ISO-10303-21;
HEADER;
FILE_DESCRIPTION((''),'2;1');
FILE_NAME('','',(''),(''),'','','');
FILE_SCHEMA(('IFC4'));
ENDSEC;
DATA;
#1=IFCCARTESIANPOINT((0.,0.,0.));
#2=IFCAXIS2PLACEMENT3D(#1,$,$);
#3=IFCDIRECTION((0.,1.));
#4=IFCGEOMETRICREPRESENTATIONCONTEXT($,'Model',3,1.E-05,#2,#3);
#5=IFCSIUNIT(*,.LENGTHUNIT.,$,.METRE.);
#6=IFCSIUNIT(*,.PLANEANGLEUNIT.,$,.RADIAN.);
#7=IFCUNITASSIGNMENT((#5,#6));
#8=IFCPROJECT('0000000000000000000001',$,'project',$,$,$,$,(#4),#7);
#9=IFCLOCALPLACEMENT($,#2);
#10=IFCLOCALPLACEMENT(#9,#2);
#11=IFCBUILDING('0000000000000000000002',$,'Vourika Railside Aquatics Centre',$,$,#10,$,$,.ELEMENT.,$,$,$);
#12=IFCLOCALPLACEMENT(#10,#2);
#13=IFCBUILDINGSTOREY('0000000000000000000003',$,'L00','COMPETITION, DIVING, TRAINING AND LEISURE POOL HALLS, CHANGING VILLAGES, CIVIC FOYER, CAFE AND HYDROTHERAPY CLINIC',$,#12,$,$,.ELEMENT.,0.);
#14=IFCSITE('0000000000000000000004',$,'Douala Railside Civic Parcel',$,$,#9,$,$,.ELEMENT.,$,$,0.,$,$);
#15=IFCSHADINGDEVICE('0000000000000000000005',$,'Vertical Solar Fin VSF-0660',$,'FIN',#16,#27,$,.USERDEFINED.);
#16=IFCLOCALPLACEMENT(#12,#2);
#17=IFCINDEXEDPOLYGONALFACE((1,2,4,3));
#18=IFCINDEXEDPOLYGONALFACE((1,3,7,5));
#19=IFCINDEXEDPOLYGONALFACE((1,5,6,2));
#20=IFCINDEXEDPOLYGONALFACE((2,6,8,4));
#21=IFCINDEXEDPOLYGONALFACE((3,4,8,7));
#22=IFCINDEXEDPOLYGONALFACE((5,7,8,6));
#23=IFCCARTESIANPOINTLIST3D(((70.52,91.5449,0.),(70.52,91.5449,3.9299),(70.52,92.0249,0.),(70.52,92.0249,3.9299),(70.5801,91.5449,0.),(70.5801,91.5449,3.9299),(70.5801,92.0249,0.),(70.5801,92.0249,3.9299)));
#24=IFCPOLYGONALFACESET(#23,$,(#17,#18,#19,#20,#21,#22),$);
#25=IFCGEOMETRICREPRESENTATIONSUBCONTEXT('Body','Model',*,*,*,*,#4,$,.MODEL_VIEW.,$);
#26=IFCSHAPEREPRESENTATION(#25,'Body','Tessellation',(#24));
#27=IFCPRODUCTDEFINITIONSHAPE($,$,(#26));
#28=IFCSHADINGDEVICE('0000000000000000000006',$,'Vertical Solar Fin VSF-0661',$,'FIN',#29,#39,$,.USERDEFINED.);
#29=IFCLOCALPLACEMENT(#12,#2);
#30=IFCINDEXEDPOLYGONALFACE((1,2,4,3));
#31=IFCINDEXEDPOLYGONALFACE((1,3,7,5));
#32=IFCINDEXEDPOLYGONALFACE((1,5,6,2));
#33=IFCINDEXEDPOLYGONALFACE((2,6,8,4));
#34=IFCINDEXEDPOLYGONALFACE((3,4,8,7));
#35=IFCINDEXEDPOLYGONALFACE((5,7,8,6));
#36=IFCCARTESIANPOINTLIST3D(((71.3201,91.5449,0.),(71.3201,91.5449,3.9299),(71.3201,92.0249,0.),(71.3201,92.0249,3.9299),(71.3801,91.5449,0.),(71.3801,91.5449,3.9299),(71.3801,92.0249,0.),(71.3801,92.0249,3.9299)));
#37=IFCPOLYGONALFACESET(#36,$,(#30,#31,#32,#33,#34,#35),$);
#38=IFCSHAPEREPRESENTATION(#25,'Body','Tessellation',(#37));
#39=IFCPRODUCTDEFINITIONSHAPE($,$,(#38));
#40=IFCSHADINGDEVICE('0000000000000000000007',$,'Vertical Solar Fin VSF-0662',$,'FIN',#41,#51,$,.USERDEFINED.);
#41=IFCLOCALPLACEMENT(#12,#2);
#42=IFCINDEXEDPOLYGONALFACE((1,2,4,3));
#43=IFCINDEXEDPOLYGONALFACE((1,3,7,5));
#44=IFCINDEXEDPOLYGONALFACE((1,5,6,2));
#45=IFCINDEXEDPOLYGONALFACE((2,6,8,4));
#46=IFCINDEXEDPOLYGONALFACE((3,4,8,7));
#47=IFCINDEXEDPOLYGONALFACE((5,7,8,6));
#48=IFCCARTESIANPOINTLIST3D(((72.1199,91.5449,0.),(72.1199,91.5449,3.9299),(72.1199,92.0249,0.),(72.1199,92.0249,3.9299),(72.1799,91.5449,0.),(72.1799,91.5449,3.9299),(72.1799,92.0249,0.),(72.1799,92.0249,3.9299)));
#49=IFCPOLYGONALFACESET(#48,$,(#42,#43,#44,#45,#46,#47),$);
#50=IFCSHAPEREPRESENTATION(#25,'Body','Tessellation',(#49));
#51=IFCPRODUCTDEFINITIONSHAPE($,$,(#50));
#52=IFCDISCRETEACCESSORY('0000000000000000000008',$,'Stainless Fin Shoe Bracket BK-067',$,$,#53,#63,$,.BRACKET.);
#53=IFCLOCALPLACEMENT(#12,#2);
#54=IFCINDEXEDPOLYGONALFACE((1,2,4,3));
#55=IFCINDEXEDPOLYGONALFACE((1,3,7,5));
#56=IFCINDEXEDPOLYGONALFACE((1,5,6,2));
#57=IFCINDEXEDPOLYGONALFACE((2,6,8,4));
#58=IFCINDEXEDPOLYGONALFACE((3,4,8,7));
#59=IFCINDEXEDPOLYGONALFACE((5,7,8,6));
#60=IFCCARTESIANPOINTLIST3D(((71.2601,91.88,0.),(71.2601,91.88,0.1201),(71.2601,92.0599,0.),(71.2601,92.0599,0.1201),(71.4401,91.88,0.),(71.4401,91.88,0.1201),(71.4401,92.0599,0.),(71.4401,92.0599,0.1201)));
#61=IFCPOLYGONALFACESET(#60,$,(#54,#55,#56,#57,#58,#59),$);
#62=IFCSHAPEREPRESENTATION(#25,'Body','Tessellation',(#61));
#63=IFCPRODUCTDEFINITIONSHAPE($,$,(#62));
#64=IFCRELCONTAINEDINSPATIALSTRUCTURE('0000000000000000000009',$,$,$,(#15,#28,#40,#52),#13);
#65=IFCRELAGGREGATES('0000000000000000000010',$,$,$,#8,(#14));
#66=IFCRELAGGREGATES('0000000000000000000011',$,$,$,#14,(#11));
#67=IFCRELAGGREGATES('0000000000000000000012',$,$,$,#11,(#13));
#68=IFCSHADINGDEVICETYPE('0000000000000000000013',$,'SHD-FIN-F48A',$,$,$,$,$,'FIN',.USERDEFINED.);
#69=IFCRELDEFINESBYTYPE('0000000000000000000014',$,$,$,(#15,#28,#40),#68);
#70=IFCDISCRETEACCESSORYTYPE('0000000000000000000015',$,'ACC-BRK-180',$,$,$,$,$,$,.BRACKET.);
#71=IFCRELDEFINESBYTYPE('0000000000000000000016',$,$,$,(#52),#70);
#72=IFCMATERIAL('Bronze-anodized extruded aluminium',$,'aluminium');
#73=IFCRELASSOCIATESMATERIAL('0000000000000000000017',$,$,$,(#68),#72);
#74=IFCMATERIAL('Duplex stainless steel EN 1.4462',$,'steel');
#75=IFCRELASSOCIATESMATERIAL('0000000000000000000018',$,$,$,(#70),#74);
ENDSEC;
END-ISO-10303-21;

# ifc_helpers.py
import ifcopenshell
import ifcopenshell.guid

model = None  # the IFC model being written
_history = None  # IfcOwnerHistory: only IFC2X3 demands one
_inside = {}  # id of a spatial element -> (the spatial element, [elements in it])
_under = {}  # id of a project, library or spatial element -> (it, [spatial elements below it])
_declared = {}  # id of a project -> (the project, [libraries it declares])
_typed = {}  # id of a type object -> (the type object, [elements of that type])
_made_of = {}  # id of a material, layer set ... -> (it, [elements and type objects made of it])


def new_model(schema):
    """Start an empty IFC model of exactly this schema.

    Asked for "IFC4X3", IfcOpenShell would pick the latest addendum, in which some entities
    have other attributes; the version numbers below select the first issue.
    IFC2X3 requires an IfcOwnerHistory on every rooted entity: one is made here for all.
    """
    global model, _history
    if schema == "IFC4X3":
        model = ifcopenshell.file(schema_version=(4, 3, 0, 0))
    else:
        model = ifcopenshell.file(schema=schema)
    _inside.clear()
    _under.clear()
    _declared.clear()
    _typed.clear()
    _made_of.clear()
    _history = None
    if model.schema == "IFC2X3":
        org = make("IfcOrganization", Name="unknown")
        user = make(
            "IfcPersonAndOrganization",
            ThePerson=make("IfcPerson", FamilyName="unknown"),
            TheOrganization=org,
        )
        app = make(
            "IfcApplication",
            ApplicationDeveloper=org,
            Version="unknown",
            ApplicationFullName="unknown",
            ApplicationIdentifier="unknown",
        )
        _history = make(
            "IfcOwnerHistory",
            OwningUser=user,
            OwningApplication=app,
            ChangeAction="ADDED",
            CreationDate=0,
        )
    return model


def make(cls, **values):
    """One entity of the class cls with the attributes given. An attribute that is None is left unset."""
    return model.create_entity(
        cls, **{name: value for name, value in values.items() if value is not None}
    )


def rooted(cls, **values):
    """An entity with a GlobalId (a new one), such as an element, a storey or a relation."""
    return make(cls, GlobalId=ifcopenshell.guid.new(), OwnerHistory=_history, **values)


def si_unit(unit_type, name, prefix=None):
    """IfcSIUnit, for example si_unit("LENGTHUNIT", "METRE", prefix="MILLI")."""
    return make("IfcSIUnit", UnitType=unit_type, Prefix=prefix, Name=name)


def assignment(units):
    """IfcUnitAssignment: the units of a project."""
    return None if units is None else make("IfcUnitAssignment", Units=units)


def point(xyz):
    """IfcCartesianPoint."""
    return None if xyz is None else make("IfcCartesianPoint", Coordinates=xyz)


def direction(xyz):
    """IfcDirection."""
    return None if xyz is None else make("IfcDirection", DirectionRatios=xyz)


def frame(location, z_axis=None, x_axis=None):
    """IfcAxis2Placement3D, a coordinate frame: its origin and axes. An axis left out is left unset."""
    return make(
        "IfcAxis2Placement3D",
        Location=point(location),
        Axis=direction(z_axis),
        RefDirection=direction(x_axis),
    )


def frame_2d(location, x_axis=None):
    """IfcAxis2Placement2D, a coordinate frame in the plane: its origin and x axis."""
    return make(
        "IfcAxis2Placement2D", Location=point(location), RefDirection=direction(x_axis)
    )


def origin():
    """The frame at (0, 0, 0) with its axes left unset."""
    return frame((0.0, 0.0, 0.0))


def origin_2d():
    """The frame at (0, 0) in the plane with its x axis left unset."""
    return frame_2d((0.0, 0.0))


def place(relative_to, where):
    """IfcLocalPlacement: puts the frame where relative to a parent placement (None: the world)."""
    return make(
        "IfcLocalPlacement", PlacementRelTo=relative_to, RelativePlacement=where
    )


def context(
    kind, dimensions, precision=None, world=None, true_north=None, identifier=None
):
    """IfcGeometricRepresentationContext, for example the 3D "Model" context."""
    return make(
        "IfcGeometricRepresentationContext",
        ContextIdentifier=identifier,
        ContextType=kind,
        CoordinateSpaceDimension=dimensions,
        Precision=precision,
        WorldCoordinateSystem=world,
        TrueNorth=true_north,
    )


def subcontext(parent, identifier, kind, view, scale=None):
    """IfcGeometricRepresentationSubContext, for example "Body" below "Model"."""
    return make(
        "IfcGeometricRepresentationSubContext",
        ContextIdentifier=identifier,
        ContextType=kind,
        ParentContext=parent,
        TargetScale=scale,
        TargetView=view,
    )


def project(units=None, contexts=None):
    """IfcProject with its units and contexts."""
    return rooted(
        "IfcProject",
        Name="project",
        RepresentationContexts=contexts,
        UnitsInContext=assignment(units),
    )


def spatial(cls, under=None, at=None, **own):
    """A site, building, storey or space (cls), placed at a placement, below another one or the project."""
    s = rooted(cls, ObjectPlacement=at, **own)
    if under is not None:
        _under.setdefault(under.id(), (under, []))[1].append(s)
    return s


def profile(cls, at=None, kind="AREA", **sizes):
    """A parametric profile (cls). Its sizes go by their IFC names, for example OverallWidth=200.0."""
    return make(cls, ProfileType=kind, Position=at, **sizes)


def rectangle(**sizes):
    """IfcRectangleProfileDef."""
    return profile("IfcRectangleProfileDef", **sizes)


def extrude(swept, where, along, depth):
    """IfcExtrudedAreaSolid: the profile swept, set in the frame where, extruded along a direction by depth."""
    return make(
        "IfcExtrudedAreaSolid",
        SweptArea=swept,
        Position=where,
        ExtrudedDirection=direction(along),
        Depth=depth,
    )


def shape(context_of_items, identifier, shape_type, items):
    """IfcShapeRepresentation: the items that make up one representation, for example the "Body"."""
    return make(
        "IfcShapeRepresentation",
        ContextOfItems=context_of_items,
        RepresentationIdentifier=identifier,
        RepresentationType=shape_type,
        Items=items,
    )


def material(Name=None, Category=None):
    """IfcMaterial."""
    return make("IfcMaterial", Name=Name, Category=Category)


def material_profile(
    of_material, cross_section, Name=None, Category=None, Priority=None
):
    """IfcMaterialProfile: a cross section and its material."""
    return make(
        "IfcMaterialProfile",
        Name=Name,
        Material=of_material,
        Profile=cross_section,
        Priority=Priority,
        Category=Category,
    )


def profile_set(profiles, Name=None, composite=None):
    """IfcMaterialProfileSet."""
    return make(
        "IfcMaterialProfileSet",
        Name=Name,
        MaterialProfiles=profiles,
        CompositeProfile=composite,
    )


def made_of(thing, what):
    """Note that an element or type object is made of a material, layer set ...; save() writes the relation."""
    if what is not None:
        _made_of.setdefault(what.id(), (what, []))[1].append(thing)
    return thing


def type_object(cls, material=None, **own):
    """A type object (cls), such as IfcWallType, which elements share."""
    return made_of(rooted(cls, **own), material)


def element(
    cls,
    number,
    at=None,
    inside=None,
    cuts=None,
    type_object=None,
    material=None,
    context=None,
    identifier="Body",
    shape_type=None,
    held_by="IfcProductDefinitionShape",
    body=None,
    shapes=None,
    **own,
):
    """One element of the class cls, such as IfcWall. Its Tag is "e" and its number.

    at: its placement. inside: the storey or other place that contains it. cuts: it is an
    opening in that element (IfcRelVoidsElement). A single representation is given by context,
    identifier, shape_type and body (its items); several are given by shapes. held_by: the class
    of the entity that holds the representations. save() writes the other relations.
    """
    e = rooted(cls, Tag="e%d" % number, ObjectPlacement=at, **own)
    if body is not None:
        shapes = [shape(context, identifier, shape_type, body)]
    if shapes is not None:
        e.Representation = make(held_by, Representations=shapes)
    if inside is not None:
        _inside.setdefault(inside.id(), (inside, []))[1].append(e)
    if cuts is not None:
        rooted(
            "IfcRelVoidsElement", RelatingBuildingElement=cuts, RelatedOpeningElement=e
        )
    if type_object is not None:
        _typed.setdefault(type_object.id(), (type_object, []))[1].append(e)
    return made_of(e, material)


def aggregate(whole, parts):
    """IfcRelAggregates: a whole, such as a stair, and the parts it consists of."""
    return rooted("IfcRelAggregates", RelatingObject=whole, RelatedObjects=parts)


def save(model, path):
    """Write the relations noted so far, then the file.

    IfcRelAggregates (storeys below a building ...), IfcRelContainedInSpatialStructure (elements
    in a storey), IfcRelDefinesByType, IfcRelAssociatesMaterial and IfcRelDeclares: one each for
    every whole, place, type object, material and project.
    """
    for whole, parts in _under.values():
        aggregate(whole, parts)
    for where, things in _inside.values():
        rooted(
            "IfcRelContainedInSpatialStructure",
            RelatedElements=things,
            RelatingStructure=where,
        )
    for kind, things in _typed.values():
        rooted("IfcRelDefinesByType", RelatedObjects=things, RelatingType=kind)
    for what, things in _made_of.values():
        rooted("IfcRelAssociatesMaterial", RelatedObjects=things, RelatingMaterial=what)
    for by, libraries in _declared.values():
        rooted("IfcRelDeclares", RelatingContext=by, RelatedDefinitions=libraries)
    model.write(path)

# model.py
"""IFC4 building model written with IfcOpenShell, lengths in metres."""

from ifc_helpers import new_model, si_unit, direction, frame, origin, origin_2d, place, context, subcontext, project, spatial, rectangle, extrude, material, material_profile, profile_set, type_object, element, save


model = new_model("IFC4")

# Units and contexts
model_context = context("Model", 3, precision=1e-05, world=origin(), true_north=direction((0.0, 1.0)))
body_context = subcontext(model_context, "Body", "Model", "MODEL_VIEW")
ifc_project = project(units=[si_unit("LENGTHUNIT", "METRE"), si_unit("PLANEANGLEUNIT", "RADIAN")], contexts=[model_context])

# Site, building, storey
site_placement = place(None, origin())
site = spatial("IfcSite", under=ifc_project, at=site_placement, Name="Douala Railside Civic Parcel", CompositionType="ELEMENT", RefElevation=0.0)
building_placement = place(site_placement, origin())
building = spatial("IfcBuilding", under=site, at=building_placement, Name="Vourika Railside Aquatics Centre", CompositionType="ELEMENT")
storey_placement = place(building_placement, origin())
storey = spatial("IfcBuildingStorey", under=building, at=storey_placement, Name="L00", Description="COMPETITION, DIVING, TRAINING AND LEISURE POOL HALLS, CHANGING VILLAGES, CIVIC FOYER, CAFE AND HYDROTHERAPY CLINIC", CompositionType="ELEMENT", Elevation=0.0)

# Shading devices
ifc_material_1 = material(Name="Bronze-anodized extruded aluminium", Category="aluminium")
ifc_material_profile_1 = material_profile(ifc_material_1, rectangle(XDim=0.0601, YDim=0.48, at=origin_2d()), Name="ALU-FIN 60x480")
ifc_profile_set_1 = profile_set([ifc_material_profile_1], Name="Bronze-anodized extruded aluminium")
shading_device_type = type_object("IfcShadingDeviceType", Name="SHD-FIN-F48A", ElementType="FIN", PredefinedType="USERDEFINED", material=ifc_profile_set_1)
for number, where, z_axis, x_axis, name in (
    (1, (70.55, 91.7849, 0.0), (0.0, 0.0, 1.0), (-1.0, 0.0, 0.0), "Vertical Solar Fin VSF-0660"),
    (2, (71.3501, 91.7849, 0.0), (0.0, 0.0, 1.0), (-1.0, 0.0, 0.0), "Vertical Solar Fin VSF-0661"),
    (3, (72.1499, 91.7849, 0.0), (0.0, 0.0, 1.0), (-1.0, 0.0, 0.0), "Vertical Solar Fin VSF-0662"),
):
    element("IfcShadingDevice", number, at=place(storey_placement, frame(where, z_axis=z_axis, x_axis=x_axis)), inside=storey, type_object=shading_device_type, Name=name, ObjectType="FIN", PredefinedType="USERDEFINED", context=body_context, shape_type="SweptSolid", body=[
        extrude(rectangle(XDim=0.0601, YDim=0.48, at=origin_2d()), origin(), (0.0, 0.0, 1.0), 3.9299),
    ])

# Discrete accessory
ifc_material_2 = material(Name="Duplex stainless steel EN 1.4462", Category="steel")
discrete_accessory_type = type_object("IfcDiscreteAccessoryType", Name="ACC-BRK-180", PredefinedType="BRACKET", material=ifc_material_2)
discrete_accessory_placement = place(storey_placement, frame((71.3501, 91.97, 0.0), z_axis=(0.0, 0.0, 1.0), x_axis=(0.0, -1.0, 0.0)))
element("IfcDiscreteAccessory", 4, at=discrete_accessory_placement, inside=storey, type_object=discrete_accessory_type, Name="Stainless Fin Shoe Bracket BK-067", PredefinedType="BRACKET", context=body_context, shape_type="SweptSolid", body=[
    extrude(rectangle(XDim=0.1799, YDim=0.1799, at=origin_2d()), origin(), (0.0, 0.0, 1.0), 0.1201),
])

save(model, "model.ifc")
